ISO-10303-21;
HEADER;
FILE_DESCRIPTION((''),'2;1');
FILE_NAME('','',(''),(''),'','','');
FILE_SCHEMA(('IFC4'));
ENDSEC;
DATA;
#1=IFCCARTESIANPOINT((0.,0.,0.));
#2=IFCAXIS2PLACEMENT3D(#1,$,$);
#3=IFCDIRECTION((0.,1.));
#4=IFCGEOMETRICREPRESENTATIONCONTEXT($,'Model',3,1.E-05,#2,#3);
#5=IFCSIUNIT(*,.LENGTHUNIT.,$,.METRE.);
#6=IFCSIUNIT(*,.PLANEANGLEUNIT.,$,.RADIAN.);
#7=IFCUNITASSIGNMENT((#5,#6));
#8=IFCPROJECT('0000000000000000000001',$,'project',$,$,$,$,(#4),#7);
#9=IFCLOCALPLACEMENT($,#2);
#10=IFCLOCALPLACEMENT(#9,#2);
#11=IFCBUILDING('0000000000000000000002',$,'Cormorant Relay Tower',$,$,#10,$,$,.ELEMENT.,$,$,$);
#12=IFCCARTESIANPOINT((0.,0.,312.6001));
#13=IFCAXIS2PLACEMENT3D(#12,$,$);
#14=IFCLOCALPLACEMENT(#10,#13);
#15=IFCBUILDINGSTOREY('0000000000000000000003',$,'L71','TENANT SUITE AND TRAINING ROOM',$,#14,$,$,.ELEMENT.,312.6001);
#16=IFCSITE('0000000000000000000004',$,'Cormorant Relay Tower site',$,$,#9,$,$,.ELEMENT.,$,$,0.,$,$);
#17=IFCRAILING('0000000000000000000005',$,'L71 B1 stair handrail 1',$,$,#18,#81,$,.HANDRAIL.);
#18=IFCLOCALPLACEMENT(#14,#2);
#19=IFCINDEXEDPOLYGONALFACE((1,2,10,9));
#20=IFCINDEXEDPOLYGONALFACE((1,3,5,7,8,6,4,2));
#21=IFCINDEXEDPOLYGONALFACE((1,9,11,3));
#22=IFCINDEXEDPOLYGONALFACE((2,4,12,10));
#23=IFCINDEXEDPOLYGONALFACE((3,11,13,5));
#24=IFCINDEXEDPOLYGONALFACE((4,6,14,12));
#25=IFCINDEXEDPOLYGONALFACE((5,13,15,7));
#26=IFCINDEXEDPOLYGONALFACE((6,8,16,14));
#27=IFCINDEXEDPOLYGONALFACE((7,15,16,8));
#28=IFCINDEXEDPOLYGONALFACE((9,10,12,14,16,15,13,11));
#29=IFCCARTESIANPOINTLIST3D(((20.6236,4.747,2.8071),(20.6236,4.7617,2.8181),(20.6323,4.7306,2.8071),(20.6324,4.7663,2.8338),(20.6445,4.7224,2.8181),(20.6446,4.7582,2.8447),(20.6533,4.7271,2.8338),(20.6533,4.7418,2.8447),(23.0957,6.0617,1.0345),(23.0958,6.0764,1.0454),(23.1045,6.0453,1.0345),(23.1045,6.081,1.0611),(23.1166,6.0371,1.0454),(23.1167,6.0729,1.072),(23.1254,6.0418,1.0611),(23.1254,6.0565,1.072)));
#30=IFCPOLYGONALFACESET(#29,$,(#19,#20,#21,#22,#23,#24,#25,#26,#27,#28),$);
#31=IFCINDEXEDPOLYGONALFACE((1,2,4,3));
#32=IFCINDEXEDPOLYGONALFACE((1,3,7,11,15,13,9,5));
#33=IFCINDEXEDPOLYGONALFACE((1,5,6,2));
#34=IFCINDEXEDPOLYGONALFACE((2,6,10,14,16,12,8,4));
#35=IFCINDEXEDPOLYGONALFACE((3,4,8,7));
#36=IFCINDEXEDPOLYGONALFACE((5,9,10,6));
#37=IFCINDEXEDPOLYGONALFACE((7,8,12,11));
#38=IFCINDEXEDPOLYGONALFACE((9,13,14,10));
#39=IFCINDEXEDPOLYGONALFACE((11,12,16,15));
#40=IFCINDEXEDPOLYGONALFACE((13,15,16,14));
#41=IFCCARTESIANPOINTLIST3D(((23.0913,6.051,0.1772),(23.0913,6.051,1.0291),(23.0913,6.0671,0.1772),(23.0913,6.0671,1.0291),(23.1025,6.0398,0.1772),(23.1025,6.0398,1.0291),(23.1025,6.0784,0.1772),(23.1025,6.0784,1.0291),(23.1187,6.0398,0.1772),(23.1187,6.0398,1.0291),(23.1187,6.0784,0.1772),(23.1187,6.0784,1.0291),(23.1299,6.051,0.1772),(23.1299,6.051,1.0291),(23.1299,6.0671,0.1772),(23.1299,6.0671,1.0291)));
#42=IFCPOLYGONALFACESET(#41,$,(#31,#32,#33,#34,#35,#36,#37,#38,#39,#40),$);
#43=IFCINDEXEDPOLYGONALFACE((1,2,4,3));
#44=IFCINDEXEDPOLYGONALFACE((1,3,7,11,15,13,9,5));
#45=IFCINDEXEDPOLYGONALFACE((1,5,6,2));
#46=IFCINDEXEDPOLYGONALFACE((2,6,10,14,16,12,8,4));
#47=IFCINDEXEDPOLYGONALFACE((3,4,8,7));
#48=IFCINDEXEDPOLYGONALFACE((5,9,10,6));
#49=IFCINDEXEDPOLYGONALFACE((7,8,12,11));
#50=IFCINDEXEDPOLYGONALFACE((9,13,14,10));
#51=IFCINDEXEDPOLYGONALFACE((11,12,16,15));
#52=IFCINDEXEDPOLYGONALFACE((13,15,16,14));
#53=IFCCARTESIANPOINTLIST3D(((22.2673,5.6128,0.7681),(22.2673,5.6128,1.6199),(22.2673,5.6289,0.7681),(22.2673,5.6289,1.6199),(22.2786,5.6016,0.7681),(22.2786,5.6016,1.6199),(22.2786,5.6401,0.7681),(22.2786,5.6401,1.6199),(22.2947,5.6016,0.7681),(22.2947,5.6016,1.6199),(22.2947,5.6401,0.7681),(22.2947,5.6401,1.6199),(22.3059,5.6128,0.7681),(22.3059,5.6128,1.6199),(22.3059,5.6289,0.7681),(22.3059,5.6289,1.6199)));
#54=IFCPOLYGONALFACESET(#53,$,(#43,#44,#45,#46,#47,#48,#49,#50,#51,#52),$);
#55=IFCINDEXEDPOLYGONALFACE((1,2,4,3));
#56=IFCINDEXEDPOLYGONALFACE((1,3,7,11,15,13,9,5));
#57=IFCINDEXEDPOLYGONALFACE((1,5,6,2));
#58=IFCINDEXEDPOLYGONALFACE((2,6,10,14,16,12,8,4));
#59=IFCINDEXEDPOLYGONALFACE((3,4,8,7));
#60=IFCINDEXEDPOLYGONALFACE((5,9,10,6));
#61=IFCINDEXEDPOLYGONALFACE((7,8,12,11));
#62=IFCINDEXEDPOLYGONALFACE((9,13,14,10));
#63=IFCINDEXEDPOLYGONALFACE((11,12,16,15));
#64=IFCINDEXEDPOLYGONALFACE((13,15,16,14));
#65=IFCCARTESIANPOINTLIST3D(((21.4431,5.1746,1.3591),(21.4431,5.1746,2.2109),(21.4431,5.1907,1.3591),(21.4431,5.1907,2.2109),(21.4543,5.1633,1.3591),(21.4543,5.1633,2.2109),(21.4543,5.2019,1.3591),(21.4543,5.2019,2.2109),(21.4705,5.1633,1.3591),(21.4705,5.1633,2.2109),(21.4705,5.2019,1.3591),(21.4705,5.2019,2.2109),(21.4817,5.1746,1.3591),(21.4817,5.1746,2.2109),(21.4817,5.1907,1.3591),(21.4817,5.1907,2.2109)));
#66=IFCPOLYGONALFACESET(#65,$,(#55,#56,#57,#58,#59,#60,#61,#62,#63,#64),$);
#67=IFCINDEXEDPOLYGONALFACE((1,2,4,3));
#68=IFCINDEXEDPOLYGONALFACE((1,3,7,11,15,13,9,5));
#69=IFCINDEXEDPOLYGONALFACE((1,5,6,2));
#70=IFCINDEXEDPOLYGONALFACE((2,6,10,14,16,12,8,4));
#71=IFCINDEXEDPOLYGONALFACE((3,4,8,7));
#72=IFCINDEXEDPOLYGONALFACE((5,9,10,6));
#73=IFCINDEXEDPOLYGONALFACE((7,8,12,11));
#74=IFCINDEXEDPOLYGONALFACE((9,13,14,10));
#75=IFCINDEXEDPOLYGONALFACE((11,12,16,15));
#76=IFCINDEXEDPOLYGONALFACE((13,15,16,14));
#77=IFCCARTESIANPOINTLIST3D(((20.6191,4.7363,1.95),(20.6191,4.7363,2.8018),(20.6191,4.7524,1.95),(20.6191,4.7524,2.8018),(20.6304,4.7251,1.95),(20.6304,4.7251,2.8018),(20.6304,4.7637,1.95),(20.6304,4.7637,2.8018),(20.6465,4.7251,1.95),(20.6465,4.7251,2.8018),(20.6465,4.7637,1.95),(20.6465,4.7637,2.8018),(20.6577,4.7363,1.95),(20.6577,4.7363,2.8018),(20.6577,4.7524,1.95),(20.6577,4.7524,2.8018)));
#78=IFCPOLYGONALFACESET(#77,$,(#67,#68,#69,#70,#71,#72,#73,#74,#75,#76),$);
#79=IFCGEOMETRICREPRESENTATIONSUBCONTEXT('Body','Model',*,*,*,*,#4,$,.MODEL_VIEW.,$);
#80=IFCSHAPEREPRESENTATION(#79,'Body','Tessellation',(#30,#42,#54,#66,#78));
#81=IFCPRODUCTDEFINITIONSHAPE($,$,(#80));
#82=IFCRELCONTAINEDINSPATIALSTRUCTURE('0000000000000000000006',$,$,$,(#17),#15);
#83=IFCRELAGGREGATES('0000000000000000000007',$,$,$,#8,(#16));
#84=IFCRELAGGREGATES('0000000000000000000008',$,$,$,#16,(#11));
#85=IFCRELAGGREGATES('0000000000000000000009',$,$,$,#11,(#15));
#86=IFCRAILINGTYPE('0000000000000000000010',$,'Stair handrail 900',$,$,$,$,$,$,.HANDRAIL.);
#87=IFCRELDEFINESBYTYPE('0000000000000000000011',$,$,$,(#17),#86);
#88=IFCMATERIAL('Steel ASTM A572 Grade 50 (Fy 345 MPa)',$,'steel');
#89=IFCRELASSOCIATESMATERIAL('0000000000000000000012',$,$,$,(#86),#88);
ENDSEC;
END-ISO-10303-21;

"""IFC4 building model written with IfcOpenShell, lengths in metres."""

from ifc_helpers import new_model, si_unit, direction, frame, origin, place, context, subcontext, project, spatial, polyline, outline, extrude, material, type_object, element, save


model = new_model("IFC4")

# Units and contexts
model_context = context("Model", 3, precision=1e-05, world=origin(), true_north=direction((0.0, 1.0)))
body_context = subcontext(model_context, "Body", "Model", "MODEL_VIEW")
ifc_project = project(units=[si_unit("LENGTHUNIT", "METRE"), si_unit("PLANEANGLEUNIT", "RADIAN")], contexts=[model_context])

# Site, building, storey
site_placement = place(None, origin())
site = spatial("IfcSite", under=ifc_project, at=site_placement, Name="Cormorant Relay Tower site", CompositionType="ELEMENT", RefElevation=0.0)
building_placement = place(site_placement, origin())
building = spatial("IfcBuilding", under=site, at=building_placement, Name="Cormorant Relay Tower", CompositionType="ELEMENT")
storey_placement = place(building_placement, frame((0.0, 0.0, 312.6001)))
storey = spatial("IfcBuildingStorey", under=building, at=storey_placement, Name="L71", Description="TENANT SUITE AND TRAINING ROOM", CompositionType="ELEMENT", Elevation=312.6001)

# Railing
ifc_material_1 = material(Name="Steel ASTM A572 Grade 50 (Fy 345 MPa)", Category="steel")
railing_type = type_object("IfcRailingType", Name="Stair handrail 900", PredefinedType="HANDRAIL", material=ifc_material_1)
railing_placement = place(storey_placement, frame((23.1106, 6.0591, 0.1772)))
element("IfcRailing", 1, at=railing_placement, inside=storey, type_object=railing_type, Name="L71 B1 stair handrail 1", PredefinedType="HANDRAIL", context=body_context, shape_type="SweptSolid", body=[
    extrude(outline(polyline([(0.0222, 0.0093), (0.0093, 0.0222), (-0.0093, 0.0222), (-0.0222, 0.0093), (-0.0222, -0.0093), (-0.0093, -0.0222), (0.0093, -0.0222), (0.0222, -0.0093), (0.0222, 0.0093)])), frame((0.0, 0.0, 0.876), z_axis=(-0.745979, -0.396711, 0.534916), x_axis=(0.469533, -0.882915, 0.0)), (0.0, 0.0, 1.0), 3.314),
    extrude(outline(polyline([(0.0193, 0.0081), (0.0081, 0.0193), (-0.0081, 0.0193), (-0.0193, 0.0081), (-0.0193, -0.0081), (-0.0081, -0.0193), (0.0081, -0.0193), (0.0193, -0.0081), (0.0193, 0.0081)])), origin(), (0.0, 0.0, 1.0), 0.8518),
    extrude(outline(polyline([(0.0193, 0.0081), (0.0081, 0.0193), (-0.0081, 0.0193), (-0.0193, 0.0081), (-0.0193, -0.0081), (-0.0081, -0.0193), (0.0081, -0.0193), (0.0193, -0.0081), (0.0193, 0.0081)])), frame((-0.824, -0.4382, 0.5908)), (0.0, 0.0, 1.0), 0.8518),
    extrude(outline(polyline([(0.0193, 0.0081), (0.0081, 0.0193), (-0.0081, 0.0193), (-0.0193, 0.0081), (-0.0193, -0.0081), (-0.0081, -0.0193), (0.0081, -0.0193), (0.0193, -0.0081), (0.0193, 0.0081)])), frame((-1.6482, -0.8765, 1.1819)), (0.0, 0.0, 1.0), 0.8518),
    extrude(outline(polyline([(0.0193, 0.0081), (0.0081, 0.0193), (-0.0081, 0.0193), (-0.0193, 0.0081), (-0.0193, -0.0081), (-0.0081, -0.0193), (0.0081, -0.0193), (0.0193, -0.0081), (0.0193, 0.0081)])), frame((-2.4722, -1.3147, 1.7727)), (0.0, 0.0, 1.0), 0.8518),
])

save(model, "model.ifc")
